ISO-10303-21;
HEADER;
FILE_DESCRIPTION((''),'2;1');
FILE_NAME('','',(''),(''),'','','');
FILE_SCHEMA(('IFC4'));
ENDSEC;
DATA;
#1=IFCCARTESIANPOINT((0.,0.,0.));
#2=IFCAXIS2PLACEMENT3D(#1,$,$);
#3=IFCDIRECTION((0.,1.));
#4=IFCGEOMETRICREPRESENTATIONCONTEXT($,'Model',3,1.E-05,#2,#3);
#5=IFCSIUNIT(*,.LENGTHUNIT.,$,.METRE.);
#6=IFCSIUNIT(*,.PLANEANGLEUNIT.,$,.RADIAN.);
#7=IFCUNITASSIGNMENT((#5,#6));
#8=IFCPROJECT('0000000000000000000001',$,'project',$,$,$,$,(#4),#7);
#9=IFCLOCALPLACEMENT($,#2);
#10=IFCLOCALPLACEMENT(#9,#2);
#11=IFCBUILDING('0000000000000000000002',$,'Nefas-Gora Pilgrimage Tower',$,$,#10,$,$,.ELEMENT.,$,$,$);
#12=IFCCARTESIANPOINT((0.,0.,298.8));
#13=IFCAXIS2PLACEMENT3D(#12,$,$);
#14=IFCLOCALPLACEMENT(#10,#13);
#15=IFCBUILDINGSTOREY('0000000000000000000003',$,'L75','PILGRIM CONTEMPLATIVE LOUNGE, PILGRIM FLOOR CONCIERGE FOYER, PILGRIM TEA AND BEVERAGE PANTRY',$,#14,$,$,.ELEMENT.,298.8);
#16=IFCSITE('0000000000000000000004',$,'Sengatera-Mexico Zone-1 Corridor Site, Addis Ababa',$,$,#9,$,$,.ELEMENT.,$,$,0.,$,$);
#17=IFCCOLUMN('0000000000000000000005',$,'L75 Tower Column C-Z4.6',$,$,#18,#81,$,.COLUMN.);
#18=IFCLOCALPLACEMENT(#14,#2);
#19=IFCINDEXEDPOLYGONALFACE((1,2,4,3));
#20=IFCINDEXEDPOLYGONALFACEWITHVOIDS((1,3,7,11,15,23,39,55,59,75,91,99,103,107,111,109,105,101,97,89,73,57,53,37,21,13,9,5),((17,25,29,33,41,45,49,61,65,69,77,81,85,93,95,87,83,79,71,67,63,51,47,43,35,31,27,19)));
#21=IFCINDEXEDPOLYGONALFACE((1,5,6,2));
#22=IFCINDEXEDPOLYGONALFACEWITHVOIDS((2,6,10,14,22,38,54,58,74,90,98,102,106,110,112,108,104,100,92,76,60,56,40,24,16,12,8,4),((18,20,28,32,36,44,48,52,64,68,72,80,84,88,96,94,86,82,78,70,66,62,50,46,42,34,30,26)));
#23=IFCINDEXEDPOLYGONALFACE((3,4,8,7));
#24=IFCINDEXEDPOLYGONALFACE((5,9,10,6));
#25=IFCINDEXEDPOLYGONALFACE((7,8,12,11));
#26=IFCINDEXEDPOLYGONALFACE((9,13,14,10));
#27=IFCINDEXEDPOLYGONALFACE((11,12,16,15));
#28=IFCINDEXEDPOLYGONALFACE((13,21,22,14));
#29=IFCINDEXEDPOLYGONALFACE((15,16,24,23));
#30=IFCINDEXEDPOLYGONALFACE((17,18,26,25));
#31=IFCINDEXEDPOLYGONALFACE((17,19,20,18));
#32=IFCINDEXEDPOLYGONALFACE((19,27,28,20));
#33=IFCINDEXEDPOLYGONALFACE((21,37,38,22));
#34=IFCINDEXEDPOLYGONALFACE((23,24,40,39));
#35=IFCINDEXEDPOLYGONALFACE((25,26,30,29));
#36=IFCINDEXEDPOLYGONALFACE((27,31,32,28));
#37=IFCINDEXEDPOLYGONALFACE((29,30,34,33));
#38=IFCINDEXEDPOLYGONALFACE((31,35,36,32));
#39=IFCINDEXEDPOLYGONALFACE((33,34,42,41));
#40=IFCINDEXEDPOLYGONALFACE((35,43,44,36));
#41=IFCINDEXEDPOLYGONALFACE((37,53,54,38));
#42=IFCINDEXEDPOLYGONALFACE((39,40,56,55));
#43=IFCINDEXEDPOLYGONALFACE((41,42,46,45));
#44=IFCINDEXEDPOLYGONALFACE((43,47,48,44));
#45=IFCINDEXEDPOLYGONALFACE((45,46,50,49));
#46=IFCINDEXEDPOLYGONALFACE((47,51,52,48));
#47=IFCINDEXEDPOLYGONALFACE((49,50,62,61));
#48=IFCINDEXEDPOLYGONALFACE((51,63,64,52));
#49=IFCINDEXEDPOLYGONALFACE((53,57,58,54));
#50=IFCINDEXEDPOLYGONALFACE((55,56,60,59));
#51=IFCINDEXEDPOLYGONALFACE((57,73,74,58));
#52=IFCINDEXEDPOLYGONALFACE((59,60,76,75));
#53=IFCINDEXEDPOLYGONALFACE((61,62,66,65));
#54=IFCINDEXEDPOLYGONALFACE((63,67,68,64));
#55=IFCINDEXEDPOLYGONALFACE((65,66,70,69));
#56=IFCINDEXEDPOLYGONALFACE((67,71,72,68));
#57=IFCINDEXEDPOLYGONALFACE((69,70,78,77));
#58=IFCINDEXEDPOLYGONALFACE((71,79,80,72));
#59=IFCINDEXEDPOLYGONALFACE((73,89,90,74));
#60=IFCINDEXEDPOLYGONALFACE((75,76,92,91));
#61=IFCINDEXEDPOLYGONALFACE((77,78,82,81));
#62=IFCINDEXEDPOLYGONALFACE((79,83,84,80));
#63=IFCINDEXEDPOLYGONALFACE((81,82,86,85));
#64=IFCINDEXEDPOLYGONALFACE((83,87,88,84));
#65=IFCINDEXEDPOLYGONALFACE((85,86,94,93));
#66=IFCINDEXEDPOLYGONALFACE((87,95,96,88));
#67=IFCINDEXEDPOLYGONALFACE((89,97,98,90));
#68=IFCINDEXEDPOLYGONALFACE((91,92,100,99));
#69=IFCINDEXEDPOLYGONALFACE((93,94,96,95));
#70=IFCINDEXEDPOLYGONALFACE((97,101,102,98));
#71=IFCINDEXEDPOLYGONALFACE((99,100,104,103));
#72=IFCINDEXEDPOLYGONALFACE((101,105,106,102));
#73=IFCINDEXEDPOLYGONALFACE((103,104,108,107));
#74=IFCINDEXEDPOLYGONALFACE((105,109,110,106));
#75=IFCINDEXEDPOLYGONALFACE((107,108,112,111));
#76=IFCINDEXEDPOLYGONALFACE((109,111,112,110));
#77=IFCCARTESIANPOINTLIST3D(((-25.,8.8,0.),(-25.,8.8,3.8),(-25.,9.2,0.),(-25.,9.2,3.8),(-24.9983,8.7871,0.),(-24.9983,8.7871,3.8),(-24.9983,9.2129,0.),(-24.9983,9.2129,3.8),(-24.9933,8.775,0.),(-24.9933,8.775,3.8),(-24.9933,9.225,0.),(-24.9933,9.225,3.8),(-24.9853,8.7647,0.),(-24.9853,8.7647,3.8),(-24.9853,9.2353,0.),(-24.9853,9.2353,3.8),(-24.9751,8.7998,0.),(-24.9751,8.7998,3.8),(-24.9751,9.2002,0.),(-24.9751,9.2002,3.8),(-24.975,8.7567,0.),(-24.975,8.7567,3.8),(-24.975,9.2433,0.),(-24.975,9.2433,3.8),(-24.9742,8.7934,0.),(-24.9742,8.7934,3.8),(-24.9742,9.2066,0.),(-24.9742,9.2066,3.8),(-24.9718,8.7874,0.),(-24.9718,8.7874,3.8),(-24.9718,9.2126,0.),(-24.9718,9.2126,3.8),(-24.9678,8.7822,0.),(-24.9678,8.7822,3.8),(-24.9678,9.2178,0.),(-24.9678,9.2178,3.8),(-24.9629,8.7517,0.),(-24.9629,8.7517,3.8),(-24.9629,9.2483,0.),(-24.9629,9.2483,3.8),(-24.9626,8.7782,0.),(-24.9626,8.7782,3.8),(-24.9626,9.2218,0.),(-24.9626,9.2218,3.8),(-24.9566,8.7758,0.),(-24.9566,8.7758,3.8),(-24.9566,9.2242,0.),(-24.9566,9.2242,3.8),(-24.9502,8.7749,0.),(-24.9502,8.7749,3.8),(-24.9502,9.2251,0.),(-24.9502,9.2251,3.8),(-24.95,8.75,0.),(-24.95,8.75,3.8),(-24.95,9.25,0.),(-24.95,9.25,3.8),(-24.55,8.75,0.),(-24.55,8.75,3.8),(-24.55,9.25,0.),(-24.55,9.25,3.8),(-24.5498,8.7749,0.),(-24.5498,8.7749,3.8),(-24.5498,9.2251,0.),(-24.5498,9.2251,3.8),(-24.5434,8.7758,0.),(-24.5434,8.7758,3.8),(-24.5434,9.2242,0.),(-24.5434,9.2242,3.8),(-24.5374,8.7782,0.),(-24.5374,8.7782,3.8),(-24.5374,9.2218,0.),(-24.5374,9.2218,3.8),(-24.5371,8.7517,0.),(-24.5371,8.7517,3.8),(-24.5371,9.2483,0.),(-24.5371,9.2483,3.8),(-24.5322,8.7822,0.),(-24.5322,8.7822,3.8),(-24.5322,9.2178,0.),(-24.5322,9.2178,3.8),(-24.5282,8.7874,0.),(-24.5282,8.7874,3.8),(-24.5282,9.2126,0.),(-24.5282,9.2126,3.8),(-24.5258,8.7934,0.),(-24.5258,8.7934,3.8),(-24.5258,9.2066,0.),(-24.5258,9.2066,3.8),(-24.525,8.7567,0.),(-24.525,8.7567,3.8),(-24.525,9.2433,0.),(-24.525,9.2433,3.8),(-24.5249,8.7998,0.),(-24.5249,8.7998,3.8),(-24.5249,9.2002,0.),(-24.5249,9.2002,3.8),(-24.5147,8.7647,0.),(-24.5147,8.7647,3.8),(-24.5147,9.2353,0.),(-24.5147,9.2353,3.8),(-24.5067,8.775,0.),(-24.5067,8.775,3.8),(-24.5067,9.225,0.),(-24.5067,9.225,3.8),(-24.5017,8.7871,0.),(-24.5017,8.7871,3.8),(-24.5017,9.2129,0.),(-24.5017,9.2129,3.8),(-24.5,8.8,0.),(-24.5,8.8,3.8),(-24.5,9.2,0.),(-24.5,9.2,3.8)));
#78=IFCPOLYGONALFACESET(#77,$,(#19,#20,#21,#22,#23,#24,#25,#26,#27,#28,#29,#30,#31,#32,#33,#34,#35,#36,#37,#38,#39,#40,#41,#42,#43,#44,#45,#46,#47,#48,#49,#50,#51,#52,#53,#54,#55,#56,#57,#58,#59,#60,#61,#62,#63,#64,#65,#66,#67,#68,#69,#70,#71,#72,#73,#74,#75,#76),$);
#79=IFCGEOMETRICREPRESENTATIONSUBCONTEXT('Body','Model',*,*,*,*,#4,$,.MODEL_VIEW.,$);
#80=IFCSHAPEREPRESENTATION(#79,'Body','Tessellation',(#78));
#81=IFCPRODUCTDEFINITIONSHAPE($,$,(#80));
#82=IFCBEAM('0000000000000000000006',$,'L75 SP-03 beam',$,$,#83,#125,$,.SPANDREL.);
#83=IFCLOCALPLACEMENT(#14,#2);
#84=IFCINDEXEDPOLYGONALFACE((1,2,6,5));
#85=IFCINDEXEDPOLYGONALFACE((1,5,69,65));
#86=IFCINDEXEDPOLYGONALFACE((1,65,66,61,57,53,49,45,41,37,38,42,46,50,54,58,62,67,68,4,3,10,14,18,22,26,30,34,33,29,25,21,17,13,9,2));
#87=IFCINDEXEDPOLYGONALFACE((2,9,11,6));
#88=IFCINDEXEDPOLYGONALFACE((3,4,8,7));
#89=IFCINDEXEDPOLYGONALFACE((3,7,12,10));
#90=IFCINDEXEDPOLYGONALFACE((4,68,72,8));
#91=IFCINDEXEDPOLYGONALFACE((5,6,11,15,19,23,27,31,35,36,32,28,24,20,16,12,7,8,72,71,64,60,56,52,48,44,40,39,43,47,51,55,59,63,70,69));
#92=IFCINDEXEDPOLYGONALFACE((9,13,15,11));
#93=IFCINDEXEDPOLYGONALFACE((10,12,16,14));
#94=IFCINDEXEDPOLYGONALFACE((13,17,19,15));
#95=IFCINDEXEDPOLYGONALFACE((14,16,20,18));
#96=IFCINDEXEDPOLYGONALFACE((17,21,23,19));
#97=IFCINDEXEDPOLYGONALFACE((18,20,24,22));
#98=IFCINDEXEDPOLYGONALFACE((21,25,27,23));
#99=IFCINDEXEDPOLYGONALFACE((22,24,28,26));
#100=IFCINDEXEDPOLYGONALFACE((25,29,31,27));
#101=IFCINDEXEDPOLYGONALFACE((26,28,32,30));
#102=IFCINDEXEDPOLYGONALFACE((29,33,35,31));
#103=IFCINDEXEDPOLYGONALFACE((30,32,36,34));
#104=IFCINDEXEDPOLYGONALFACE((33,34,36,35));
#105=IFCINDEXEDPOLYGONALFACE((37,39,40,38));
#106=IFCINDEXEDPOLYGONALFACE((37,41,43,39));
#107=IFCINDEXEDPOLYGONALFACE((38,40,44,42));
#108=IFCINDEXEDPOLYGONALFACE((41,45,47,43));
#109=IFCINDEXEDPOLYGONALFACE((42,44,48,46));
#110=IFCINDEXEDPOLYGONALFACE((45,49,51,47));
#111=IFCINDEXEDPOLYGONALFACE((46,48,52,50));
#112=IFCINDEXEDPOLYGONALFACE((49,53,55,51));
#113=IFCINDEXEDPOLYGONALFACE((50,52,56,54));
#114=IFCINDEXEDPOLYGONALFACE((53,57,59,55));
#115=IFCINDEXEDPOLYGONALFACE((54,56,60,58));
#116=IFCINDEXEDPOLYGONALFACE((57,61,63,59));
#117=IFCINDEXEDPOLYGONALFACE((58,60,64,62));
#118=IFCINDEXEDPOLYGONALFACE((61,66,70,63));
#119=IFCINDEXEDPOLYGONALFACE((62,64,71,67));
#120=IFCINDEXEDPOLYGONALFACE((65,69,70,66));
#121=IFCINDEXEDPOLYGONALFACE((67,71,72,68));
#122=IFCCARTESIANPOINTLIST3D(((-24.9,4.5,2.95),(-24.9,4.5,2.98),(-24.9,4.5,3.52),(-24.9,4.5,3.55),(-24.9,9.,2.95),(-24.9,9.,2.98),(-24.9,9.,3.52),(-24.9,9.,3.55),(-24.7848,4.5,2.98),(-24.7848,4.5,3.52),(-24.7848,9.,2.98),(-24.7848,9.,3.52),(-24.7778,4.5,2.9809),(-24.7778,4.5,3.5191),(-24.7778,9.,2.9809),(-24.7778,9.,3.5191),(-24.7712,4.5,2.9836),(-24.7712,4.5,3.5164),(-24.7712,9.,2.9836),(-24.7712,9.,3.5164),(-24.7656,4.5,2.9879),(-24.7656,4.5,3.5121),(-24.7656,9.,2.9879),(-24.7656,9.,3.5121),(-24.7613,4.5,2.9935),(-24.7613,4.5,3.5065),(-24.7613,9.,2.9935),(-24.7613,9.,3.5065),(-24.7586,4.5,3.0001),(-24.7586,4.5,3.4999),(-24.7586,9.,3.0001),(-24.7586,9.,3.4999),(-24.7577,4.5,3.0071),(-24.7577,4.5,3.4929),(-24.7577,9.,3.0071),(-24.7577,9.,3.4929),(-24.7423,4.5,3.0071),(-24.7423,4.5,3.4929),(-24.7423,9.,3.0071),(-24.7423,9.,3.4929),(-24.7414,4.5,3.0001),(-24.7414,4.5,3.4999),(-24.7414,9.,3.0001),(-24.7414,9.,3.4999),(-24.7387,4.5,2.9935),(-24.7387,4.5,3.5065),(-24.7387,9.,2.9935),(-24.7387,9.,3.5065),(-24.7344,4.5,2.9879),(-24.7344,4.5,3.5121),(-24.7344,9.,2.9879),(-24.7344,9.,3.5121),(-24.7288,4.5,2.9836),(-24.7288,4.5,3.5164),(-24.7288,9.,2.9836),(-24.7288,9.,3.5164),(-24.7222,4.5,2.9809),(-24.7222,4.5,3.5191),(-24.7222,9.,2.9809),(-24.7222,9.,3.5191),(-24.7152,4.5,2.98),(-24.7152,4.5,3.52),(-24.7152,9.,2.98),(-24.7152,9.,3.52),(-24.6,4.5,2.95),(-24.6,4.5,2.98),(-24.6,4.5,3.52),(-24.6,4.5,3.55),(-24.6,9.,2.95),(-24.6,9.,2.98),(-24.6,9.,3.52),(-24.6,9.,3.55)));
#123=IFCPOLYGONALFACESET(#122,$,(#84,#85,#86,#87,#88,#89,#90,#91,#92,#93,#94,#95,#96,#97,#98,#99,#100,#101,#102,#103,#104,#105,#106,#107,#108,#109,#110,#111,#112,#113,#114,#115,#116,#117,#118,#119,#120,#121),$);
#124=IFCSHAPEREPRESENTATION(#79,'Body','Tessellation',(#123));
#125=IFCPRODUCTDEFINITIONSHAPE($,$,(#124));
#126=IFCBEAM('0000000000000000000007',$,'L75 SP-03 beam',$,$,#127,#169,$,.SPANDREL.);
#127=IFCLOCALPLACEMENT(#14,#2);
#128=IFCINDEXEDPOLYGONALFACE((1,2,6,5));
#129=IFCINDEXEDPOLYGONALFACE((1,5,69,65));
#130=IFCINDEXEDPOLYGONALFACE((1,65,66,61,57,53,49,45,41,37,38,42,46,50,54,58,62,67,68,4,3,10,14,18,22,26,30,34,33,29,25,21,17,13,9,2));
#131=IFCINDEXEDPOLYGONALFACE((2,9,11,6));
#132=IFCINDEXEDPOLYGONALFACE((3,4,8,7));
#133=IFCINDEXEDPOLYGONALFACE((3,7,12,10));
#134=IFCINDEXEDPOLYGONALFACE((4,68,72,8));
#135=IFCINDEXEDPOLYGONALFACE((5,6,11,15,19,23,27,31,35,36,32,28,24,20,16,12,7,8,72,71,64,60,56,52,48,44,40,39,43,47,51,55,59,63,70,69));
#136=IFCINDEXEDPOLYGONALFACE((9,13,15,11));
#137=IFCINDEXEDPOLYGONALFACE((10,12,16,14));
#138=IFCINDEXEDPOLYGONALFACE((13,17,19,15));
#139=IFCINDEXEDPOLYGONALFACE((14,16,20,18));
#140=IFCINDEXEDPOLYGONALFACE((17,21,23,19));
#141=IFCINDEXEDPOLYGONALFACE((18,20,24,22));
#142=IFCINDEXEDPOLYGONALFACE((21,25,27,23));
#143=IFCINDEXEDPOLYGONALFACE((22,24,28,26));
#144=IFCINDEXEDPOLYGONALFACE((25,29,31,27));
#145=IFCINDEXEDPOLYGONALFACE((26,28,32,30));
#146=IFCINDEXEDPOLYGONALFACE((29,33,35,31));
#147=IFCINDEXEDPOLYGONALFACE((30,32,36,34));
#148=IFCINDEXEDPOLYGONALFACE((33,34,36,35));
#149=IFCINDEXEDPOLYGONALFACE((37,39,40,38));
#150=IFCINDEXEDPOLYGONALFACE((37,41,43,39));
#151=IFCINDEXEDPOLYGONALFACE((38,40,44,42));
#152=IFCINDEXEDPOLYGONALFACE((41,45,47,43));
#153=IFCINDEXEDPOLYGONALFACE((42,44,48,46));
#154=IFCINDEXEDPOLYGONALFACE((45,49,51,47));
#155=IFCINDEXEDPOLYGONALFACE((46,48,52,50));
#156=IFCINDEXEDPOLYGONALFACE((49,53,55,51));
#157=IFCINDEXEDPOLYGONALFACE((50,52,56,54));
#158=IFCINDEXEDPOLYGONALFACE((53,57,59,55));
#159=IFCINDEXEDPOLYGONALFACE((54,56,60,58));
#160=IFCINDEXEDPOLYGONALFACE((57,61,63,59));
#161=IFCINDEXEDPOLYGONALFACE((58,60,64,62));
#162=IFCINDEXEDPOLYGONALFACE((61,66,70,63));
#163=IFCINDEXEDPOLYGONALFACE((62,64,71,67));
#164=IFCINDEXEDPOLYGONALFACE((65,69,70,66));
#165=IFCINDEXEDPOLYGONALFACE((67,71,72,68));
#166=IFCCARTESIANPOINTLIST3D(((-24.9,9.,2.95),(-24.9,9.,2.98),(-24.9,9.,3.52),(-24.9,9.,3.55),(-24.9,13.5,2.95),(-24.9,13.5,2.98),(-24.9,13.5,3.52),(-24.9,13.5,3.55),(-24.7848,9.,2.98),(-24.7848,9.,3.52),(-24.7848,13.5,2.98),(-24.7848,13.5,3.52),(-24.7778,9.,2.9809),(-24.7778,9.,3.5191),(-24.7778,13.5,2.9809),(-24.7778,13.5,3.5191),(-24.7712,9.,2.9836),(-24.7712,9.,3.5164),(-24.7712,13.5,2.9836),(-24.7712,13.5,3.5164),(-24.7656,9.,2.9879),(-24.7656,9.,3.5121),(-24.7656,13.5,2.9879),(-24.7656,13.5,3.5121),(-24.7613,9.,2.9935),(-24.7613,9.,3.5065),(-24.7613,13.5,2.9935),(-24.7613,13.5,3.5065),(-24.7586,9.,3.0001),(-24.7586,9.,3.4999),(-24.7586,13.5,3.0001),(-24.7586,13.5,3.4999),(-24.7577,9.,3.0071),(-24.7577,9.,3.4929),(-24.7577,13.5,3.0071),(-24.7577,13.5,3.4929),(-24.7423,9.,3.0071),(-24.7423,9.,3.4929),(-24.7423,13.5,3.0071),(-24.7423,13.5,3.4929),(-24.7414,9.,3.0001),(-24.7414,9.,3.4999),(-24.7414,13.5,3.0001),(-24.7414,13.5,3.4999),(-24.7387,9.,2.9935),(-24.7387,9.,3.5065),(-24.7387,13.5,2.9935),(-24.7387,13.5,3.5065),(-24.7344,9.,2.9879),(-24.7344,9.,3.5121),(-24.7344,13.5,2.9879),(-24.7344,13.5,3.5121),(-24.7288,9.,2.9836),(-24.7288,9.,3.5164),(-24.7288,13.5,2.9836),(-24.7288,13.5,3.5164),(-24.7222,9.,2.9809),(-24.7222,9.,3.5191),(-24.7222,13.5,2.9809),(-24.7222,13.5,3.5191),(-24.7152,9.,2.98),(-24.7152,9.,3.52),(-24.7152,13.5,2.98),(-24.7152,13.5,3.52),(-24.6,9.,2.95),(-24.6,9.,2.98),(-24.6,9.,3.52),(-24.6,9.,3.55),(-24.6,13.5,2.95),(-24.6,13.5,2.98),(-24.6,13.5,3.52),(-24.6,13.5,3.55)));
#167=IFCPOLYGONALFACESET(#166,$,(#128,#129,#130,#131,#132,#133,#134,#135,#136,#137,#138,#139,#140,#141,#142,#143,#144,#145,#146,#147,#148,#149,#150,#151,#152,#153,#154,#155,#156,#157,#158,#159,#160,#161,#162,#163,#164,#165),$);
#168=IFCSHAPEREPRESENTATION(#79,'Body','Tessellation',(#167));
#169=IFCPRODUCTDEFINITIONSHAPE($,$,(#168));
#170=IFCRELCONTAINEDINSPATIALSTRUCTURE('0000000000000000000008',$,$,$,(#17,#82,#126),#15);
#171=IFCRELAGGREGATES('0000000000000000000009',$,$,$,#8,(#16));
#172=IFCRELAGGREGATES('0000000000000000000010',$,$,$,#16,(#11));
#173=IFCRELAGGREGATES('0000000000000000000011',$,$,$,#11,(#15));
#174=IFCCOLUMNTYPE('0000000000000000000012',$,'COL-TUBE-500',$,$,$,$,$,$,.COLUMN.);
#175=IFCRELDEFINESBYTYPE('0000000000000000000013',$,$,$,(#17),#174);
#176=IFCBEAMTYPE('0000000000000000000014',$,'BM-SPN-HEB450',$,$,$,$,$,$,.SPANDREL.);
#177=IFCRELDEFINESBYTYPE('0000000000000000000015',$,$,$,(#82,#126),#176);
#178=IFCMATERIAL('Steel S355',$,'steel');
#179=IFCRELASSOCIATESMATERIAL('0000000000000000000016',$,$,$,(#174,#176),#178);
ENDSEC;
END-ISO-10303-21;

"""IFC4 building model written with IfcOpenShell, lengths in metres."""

from ifc_helpers import new_model, si_unit, direction, frame, origin, origin_2d, place, context, subcontext, project, spatial, hollow_rectangle, i_section, extrude, source, transform, mapped, material, material_profile, profile_set, type_object, element, save


model = new_model("IFC4")

# Units and contexts
model_context = context("Model", 3, precision=1e-05, world=origin(), true_north=direction((0.0, 1.0)))
body_context = subcontext(model_context, "Body", "Model", "MODEL_VIEW")
ifc_project = project(units=[si_unit("LENGTHUNIT", "METRE"), si_unit("PLANEANGLEUNIT", "RADIAN")], contexts=[model_context])

# Site, building, storey
site_placement = place(None, origin())
site = spatial("IfcSite", under=ifc_project, at=site_placement, Name="Sengatera-Mexico Zone-1 Corridor Site, Addis Ababa", CompositionType="ELEMENT", RefElevation=0.0)
building_placement = place(site_placement, origin())
building = spatial("IfcBuilding", under=site, at=building_placement, Name="Nefas-Gora Pilgrimage Tower", CompositionType="ELEMENT")
storey_placement = place(building_placement, frame((0.0, 0.0, 298.8)))
storey = spatial("IfcBuildingStorey", under=building, at=storey_placement, Name="L75", Description="PILGRIM CONTEMPLATIVE LOUNGE, PILGRIM FLOOR CONCIERGE FOYER, PILGRIM TEA AND BEVERAGE PANTRY", CompositionType="ELEMENT", Elevation=298.8)

# Column
ifc_material_1 = material(Name="Steel S355", Category="steel")
ifc_material_profile_1 = material_profile(ifc_material_1, hollow_rectangle(XDim=0.5, YDim=0.5, WallThickness=0.0249, InnerFilletRadius=0.0249, OuterFilletRadius=0.05, at=origin_2d()), Name="SHS 500x500x25")
ifc_profile_set_1 = profile_set([ifc_material_profile_1], Name="Steel S355")
column_type_1 = type_object("IfcColumnType", Name="COL-TUBE-500", PredefinedType="COLUMN", material=ifc_profile_set_1)
shared_shape_1 = source(origin(), body_context, "Body", "SweptSolid", [
    extrude(hollow_rectangle(XDim=0.5, YDim=0.5, WallThickness=0.0249, InnerFilletRadius=0.0249, OuterFilletRadius=0.05, at=origin_2d()), origin(), (0.0, 0.0, 1.0), 3.8),
])
for number, where, z_axis, x_axis, name in (
    (1, (-24.75, 9.0, 0.0), (0.0, 0.0, 1.0), (1.0, 0.0, 0.0), "L75 Tower Column C-Z4.6"),
):
    element("IfcColumn", number, at=place(storey_placement, frame(where, z_axis=z_axis, x_axis=x_axis)), inside=storey, type_object=column_type_1, Name=name, PredefinedType="COLUMN", context=body_context, shape_type="MappedRepresentation", body=[
        mapped(shared_shape_1, transform((0.0, 0.0, 0.0), x_axis=(1.0, 0.0, 0.0), y_axis=(0.0, 1.0, 0.0), z_axis=(0.0, 0.0, 1.0), scale=1.0)),
    ])

# Beams
ifc_material_profile_2 = material_profile(ifc_material_1, i_section(OverallWidth=0.3, OverallDepth=0.6001, WebThickness=0.0154, FlangeThickness=0.03, FilletRadius=0.0271, at=origin_2d()), Name="HEB 600")
ifc_profile_set_2 = profile_set([ifc_material_profile_2], Name="Steel S355")
beam_type_1 = type_object("IfcBeamType", Name="BM-SPN-HEB450", PredefinedType="SPANDREL", material=ifc_profile_set_2)
shared_shape_2 = source(origin(), body_context, "Body", "SweptSolid", [
    extrude(i_section(OverallWidth=0.3, OverallDepth=0.6001, WebThickness=0.0154, FlangeThickness=0.03, FilletRadius=0.0271, at=origin_2d()), origin(), (0.0, 0.0, 1.0), 4.5),
])
for number, where, z_axis, x_axis, name in (
    (2, (-24.75, 4.5, 3.25), (0.0, 1.0, 0.0), (-1.0, 0.0, 0.0), "L75 SP-03 beam"),
    (3, (-24.75, 9.0, 3.25), (0.0, 1.0, 0.0), (-1.0, 0.0, 0.0), "L75 SP-03 beam"),
):
    element("IfcBeam", number, at=place(storey_placement, frame(where, z_axis=z_axis, x_axis=x_axis)), inside=storey, type_object=beam_type_1, Name=name, PredefinedType="SPANDREL", context=body_context, shape_type="MappedRepresentation", body=[
        mapped(shared_shape_2, transform((0.0, 0.0, 0.0), x_axis=(1.0, 0.0, 0.0), y_axis=(0.0, 1.0, 0.0), z_axis=(0.0, 0.0, 1.0), scale=1.0)),
    ])

save(model, "model.ifc")
